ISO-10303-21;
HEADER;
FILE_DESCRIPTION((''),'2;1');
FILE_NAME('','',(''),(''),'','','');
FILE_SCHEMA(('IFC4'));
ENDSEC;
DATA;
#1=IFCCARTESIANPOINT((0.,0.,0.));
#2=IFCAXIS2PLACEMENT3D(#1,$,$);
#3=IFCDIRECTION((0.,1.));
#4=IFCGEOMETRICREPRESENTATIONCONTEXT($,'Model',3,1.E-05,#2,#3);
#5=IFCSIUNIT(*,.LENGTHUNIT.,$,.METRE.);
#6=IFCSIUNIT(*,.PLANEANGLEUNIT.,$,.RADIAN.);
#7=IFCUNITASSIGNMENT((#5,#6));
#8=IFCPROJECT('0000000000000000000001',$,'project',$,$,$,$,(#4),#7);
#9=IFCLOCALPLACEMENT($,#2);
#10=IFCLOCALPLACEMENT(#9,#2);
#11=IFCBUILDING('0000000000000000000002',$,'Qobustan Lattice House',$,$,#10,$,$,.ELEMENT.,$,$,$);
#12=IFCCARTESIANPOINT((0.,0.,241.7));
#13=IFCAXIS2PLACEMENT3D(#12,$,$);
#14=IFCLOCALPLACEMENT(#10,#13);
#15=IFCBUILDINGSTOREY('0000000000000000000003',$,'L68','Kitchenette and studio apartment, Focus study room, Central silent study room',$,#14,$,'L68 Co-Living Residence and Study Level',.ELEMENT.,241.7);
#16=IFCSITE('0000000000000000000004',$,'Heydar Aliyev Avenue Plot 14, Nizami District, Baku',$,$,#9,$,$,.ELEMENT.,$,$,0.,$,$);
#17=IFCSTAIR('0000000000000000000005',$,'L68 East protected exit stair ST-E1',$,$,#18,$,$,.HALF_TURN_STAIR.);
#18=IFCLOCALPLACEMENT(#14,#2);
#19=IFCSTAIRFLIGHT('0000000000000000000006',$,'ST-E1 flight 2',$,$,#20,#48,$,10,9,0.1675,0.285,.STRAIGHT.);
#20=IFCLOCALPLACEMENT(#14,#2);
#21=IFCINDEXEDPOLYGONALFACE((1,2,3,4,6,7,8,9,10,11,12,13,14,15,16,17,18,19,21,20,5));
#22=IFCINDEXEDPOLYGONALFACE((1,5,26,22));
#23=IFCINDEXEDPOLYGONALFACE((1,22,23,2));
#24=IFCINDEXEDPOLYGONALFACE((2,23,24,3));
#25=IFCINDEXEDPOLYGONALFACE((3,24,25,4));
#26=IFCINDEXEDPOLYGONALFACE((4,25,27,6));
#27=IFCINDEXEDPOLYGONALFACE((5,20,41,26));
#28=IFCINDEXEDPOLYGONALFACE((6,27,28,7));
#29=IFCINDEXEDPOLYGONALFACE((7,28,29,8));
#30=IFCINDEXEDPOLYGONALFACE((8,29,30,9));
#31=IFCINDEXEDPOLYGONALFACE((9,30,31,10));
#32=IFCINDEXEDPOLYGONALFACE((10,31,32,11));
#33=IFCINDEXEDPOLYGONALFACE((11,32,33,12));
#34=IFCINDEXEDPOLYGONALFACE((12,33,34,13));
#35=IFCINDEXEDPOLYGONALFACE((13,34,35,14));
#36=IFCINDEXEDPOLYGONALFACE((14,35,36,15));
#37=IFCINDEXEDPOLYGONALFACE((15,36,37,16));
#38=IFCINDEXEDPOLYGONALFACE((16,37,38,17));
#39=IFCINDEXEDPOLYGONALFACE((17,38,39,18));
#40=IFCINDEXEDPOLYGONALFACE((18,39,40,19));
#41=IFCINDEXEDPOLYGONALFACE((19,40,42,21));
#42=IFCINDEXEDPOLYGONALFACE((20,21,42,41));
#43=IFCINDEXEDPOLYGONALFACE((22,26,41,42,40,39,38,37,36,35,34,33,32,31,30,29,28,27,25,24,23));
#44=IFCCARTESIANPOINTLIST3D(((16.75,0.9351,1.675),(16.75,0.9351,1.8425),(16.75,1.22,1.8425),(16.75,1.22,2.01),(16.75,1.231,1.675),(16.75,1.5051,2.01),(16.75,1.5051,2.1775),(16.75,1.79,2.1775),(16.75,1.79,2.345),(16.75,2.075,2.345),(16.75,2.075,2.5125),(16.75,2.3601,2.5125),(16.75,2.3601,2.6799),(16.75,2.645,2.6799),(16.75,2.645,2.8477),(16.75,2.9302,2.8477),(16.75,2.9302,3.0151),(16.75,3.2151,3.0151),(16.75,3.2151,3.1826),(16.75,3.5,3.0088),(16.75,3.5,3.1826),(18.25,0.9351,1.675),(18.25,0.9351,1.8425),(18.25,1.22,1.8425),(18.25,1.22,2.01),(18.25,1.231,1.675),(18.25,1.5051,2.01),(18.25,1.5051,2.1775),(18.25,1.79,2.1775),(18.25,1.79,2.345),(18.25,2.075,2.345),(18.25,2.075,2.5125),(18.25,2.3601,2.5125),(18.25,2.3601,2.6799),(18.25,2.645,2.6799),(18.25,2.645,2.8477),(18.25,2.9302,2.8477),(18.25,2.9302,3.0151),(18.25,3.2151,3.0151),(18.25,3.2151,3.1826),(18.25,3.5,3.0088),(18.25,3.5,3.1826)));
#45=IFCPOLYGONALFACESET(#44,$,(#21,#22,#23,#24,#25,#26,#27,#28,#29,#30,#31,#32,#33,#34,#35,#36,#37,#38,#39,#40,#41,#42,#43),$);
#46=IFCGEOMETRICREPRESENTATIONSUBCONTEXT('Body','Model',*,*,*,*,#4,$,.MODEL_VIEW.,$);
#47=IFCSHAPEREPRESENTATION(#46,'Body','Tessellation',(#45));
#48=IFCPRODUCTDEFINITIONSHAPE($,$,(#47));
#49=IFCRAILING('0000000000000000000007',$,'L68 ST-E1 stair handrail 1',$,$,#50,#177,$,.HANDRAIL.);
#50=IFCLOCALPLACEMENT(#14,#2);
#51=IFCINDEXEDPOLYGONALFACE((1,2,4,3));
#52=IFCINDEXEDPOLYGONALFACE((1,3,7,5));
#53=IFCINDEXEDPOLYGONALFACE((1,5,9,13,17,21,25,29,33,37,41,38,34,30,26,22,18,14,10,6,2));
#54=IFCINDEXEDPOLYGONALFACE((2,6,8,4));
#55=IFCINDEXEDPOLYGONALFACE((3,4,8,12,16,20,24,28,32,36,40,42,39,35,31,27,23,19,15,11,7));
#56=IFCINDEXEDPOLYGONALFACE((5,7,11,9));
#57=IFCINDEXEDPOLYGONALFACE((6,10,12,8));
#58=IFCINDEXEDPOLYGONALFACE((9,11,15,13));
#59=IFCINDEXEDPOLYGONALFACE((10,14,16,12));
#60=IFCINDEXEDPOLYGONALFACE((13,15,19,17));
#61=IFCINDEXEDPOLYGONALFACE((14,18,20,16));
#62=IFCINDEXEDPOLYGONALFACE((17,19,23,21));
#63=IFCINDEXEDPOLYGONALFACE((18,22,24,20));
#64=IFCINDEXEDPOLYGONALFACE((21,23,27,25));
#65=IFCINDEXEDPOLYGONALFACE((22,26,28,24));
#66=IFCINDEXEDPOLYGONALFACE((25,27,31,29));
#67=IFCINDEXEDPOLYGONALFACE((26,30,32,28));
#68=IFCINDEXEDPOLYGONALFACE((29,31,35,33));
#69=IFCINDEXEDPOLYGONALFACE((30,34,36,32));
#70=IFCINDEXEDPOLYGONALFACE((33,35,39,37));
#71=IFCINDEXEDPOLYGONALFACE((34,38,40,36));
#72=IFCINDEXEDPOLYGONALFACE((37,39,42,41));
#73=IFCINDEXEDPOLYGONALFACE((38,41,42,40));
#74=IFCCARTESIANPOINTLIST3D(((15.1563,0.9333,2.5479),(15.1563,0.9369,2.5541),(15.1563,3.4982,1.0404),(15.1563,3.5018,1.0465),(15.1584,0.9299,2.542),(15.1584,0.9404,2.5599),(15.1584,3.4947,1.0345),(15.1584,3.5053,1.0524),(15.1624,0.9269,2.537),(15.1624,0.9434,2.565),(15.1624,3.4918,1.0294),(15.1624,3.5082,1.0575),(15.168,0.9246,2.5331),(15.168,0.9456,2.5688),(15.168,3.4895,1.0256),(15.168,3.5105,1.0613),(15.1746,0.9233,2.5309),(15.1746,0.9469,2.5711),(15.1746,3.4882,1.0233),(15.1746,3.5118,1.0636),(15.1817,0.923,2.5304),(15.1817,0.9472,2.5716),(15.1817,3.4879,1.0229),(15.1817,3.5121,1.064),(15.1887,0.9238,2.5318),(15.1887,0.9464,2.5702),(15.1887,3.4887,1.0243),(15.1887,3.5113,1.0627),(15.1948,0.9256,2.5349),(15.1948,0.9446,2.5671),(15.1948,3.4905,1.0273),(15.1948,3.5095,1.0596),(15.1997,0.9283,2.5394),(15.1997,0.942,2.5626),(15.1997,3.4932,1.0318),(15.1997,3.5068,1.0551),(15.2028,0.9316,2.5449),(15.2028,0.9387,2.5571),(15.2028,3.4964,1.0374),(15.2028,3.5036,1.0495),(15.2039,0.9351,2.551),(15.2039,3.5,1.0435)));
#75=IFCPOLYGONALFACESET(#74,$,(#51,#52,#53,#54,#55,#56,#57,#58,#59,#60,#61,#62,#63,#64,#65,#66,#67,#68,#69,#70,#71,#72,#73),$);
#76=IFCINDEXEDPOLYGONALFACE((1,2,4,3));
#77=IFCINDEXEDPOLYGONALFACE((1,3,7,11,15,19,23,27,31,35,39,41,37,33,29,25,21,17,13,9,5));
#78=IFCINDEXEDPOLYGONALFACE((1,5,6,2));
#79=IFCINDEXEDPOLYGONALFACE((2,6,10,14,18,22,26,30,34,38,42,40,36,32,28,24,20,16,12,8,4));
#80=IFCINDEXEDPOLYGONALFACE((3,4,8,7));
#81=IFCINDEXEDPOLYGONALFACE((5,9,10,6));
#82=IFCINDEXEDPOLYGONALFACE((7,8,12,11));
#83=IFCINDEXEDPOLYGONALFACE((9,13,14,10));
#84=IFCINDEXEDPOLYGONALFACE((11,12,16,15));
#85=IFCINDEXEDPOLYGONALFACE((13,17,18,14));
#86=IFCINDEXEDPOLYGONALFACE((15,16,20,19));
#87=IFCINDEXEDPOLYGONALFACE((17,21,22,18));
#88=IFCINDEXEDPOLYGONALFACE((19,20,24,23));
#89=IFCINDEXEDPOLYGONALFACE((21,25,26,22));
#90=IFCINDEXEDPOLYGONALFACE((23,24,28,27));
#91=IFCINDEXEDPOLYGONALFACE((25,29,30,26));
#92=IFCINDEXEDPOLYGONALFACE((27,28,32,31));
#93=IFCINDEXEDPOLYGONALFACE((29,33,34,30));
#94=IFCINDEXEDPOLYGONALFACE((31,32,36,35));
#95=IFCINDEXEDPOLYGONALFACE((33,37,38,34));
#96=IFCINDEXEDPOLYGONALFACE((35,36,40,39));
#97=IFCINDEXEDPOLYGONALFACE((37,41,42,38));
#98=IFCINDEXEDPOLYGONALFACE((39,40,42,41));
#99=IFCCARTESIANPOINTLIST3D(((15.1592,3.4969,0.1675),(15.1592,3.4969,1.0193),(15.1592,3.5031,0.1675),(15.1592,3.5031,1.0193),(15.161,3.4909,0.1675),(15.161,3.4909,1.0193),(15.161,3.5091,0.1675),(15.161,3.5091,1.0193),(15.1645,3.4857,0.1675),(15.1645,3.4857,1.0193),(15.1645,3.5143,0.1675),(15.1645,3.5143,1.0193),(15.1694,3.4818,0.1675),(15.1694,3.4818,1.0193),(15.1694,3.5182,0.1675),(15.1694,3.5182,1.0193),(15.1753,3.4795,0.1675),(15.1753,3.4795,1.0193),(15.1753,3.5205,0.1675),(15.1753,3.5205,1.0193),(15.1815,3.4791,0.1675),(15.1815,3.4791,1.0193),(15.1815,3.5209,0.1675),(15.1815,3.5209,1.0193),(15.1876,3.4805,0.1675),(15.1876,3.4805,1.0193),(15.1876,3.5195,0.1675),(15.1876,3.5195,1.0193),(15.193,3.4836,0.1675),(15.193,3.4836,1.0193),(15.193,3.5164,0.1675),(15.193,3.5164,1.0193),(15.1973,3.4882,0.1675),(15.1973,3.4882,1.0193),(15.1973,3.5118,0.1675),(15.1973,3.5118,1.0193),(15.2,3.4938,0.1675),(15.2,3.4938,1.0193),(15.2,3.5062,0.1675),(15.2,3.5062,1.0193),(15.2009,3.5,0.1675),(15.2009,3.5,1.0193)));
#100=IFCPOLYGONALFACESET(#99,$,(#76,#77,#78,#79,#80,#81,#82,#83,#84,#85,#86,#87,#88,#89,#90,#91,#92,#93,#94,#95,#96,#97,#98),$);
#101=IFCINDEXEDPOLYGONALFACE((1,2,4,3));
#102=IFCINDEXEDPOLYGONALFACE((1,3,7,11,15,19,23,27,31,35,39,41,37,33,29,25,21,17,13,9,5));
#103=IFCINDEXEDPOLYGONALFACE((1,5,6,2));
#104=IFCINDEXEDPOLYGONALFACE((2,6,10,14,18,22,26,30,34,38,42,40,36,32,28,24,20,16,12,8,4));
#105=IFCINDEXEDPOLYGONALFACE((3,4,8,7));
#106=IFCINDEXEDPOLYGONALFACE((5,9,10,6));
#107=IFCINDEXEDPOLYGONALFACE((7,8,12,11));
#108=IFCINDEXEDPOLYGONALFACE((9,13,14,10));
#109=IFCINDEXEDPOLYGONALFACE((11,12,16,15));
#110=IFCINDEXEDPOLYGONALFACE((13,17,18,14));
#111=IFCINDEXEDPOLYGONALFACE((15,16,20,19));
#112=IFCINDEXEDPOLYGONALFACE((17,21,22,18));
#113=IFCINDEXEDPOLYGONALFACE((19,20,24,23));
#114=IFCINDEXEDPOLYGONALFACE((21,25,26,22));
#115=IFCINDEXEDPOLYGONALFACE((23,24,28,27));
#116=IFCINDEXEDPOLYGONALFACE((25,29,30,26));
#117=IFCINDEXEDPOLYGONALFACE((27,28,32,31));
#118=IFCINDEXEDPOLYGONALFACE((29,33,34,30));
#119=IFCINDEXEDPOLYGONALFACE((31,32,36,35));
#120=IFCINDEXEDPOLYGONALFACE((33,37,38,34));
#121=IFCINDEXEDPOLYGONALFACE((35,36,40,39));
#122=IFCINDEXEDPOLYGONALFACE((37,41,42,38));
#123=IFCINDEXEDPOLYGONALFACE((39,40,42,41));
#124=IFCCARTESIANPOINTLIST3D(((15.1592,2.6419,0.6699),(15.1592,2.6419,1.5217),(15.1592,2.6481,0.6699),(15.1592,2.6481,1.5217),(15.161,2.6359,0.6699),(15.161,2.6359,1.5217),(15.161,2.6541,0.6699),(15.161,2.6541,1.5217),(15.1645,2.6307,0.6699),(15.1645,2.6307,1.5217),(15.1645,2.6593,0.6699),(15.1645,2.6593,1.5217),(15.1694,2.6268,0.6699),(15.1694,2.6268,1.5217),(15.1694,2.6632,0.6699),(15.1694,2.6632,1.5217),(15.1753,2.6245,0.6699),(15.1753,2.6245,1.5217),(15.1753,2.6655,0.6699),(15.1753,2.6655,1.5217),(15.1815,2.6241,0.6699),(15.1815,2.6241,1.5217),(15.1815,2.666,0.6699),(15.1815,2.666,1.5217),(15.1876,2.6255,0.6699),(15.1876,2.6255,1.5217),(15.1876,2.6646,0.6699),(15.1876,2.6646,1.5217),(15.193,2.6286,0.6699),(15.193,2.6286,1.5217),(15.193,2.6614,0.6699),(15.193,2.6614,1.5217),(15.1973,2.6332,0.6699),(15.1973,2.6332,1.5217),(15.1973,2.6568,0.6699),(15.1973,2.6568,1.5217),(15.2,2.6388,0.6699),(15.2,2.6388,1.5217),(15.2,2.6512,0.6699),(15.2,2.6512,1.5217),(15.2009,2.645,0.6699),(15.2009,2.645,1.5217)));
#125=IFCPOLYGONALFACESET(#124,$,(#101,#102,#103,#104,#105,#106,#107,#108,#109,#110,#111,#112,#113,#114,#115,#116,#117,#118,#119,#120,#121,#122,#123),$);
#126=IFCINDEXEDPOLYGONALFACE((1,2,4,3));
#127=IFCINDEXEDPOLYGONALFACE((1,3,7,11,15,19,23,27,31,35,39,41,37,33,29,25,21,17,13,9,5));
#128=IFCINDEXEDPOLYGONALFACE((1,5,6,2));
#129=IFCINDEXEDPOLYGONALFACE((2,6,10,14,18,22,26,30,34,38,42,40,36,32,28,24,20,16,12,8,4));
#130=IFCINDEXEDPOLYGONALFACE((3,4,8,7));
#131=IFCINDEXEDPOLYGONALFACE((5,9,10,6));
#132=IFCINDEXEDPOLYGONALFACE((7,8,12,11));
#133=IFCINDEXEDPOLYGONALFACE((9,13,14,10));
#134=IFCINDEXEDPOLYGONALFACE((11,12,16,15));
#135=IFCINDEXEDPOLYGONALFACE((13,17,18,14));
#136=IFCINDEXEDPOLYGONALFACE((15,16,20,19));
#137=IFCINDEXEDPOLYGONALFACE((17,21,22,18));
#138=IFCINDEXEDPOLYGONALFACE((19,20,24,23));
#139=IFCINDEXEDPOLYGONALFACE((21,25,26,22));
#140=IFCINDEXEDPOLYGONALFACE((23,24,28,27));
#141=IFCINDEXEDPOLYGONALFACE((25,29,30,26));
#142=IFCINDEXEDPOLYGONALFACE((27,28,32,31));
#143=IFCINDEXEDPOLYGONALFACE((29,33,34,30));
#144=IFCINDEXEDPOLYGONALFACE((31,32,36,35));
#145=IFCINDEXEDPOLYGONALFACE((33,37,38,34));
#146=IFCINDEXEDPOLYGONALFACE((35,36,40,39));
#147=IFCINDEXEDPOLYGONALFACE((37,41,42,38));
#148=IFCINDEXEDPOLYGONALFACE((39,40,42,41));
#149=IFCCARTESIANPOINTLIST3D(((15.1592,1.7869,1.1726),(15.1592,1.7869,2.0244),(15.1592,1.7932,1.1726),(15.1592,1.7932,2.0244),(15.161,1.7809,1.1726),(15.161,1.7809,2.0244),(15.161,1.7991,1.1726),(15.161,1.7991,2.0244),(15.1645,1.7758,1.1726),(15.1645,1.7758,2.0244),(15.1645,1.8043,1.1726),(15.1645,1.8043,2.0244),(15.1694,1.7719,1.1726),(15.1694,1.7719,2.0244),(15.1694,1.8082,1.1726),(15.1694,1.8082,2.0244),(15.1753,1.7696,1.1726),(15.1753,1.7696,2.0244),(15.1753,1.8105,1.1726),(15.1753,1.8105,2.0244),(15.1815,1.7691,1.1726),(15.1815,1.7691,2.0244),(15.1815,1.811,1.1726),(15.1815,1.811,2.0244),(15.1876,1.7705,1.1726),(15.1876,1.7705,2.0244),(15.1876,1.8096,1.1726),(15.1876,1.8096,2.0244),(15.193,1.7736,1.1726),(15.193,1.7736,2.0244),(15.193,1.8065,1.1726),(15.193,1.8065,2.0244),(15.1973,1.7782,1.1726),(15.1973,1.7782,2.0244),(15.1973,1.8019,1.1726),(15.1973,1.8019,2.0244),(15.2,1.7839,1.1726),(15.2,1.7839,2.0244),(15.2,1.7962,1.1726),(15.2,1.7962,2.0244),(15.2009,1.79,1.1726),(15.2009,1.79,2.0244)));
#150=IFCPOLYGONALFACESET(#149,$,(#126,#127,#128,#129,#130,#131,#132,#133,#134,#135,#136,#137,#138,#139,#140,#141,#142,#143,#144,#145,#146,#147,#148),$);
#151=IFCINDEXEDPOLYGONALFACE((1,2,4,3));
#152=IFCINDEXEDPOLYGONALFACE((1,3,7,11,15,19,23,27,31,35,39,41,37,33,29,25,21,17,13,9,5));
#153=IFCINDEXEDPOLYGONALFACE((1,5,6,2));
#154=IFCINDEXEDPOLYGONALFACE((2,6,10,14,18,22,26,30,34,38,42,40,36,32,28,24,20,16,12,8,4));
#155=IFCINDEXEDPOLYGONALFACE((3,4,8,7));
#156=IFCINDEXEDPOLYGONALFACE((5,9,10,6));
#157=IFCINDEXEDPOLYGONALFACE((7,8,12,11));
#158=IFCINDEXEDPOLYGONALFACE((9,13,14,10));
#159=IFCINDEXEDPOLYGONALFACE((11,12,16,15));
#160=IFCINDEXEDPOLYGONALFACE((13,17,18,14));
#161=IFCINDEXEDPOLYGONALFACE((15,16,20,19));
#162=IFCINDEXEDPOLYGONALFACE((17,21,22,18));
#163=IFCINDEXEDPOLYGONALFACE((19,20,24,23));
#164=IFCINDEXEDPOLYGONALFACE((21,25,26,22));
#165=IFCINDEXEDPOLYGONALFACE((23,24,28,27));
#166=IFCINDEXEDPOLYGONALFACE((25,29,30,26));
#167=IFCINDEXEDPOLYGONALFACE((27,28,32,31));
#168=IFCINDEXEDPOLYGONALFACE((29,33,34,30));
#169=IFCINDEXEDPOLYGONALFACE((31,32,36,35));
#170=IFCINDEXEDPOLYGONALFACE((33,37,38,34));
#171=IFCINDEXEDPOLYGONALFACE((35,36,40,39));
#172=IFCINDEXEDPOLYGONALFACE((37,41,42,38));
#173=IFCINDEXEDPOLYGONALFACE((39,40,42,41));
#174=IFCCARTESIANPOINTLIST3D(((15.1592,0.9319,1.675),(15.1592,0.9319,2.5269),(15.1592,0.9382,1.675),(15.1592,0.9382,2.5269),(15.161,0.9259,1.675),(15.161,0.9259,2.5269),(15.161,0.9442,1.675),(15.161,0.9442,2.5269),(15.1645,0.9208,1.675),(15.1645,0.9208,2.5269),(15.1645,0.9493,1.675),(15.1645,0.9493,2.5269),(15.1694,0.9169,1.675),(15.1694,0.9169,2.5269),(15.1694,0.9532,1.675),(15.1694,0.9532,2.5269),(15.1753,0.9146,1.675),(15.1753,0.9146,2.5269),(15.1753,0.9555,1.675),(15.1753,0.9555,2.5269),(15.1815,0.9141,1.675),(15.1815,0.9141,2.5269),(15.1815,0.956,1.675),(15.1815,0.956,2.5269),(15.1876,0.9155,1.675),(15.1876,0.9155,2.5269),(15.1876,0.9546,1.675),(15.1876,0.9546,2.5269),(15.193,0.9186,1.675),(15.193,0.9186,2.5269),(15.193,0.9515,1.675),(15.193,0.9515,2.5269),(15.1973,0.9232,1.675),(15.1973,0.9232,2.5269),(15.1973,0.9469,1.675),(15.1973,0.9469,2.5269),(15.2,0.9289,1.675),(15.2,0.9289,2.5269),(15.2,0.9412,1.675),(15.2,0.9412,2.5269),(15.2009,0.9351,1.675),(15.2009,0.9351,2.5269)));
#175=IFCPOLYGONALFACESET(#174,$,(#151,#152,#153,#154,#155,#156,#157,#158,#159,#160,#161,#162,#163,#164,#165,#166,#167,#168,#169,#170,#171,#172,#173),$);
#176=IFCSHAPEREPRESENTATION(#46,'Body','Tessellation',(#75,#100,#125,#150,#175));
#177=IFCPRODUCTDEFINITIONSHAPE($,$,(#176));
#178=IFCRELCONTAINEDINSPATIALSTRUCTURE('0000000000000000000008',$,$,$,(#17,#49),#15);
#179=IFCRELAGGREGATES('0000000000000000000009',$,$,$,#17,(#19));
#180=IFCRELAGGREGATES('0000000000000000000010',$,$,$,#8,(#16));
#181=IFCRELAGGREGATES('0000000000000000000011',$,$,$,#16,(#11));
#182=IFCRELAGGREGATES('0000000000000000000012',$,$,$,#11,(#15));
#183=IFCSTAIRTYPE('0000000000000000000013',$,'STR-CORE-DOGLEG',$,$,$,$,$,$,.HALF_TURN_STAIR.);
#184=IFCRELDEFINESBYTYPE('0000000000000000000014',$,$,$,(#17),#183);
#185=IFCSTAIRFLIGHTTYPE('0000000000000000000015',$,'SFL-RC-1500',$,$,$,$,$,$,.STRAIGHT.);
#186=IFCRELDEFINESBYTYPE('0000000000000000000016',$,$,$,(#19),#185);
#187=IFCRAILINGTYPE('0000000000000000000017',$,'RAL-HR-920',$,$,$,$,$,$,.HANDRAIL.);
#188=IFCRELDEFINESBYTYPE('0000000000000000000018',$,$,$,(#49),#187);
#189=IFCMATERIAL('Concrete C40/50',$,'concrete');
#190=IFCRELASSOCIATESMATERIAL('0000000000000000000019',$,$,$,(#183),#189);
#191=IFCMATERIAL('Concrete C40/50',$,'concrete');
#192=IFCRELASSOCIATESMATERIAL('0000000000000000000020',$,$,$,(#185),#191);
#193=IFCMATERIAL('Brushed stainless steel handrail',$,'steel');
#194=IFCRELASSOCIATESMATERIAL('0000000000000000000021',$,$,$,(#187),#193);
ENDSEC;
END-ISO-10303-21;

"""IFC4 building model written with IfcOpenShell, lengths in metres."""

from ifc_helpers import new_model, si_unit, direction, frame, origin, origin_2d, place, context, subcontext, project, spatial, polyline, circle, outline, extrude, material, type_object, element, aggregate, save


model = new_model("IFC4")

# Units and contexts
model_context = context("Model", 3, precision=1e-05, world=origin(), true_north=direction((0.0, 1.0)))
body_context = subcontext(model_context, "Body", "Model", "MODEL_VIEW")
ifc_project = project(units=[si_unit("LENGTHUNIT", "METRE"), si_unit("PLANEANGLEUNIT", "RADIAN")], contexts=[model_context])

# Site, building, storey
site_placement = place(None, origin())
site = spatial("IfcSite", under=ifc_project, at=site_placement, Name="Heydar Aliyev Avenue Plot 14, Nizami District, Baku", CompositionType="ELEMENT", RefElevation=0.0)
building_placement = place(site_placement, origin())
building = spatial("IfcBuilding", under=site, at=building_placement, Name="Qobustan Lattice House", CompositionType="ELEMENT")
storey_placement = place(building_placement, frame((0.0, 0.0, 241.7)))
storey = spatial("IfcBuildingStorey", under=building, at=storey_placement, Name="L68", Description="Kitchenette and studio apartment, Focus study room, Central silent study room", LongName="L68 Co-Living Residence and Study Level", CompositionType="ELEMENT", Elevation=241.7)

# Stair, stair flight
ifc_material_1 = material(Name="Concrete C40/50", Category="concrete")
stair_type = type_object("IfcStairType", Name="STR-CORE-DOGLEG", PredefinedType="HALF_TURN_STAIR", material=ifc_material_1)
stair_placement = place(storey_placement, origin())
stair = element("IfcStair", 1, at=stair_placement, inside=storey, type_object=stair_type, Name="L68 East protected exit stair ST-E1", PredefinedType="HALF_TURN_STAIR")
ifc_material_2 = material(Name="Concrete C40/50", Category="concrete")
stair_flight_type = type_object("IfcStairFlightType", Name="SFL-RC-1500", PredefinedType="STRAIGHT", material=ifc_material_2)
stair_flight_1_placement = place(storey_placement, frame((17.5, 0.9351, 1.675), z_axis=(0.0, 0.0, 1.0), x_axis=(0.0, 1.0, 0.0)))
stair_flight_1 = element("IfcStairFlight", 2, at=stair_flight_1_placement, type_object=stair_flight_type, Name="ST-E1 flight 2", NumberOfRisers=10, NumberOfTreads=9, PredefinedType="STRAIGHT", RiserHeight=0.1675, TreadLength=0.285, context=body_context, shape_type="SweptSolid", body=[
    extrude(outline(polyline([(0.0, 0.0), (0.0, 0.1675), (0.2849, 0.1675), (0.2849, 0.335), (0.5701, 0.335), (0.5701, 0.5024), (0.855, 0.5024), (0.855, 0.6699), (1.1399, 0.6699), (1.1399, 0.8374), (1.425, 0.8374), (1.425, 1.0049), (1.71, 1.0049), (1.71, 1.1726), (1.9951, 1.1726), (1.9951, 1.3401), (2.28, 1.3401), (2.28, 1.5076), (2.5649, 1.5076), (2.5649, 1.675), (2.5649, 1.3337), (0.2959, 0.0), (0.0, 0.0)])), frame((0.0, 0.75, 0.0), z_axis=(0.0, -1.0, 0.0), x_axis=(1.0, 0.0, 0.0)), (0.0, 0.0, 1.0), 1.5),
])
aggregate(stair, [stair_flight_1])

# Railing
ifc_material_3 = material(Name="Brushed stainless steel handrail", Category="steel")
railing_type_1 = type_object("IfcRailingType", Name="RAL-HR-920", PredefinedType="HANDRAIL", material=ifc_material_3)
railing_1_placement = place(storey_placement, frame((15.1799, 3.5, 0.1675)))
element("IfcRailing", 3, at=railing_1_placement, inside=storey, type_object=railing_type_1, Name="L68 ST-E1 stair handrail 1", PredefinedType="HANDRAIL", context=body_context, shape_type="SweptSolid", body=[
    extrude(circle(Radius=0.0239, at=origin_2d()), frame((0.0, 0.0, 0.876), z_axis=(0.0, -0.862113, 0.506715), x_axis=(1.0, 0.0, 0.0)), (0.0, 0.0, 1.0), 2.9751),
    extrude(circle(Radius=0.021, at=origin_2d()), origin(), (0.0, 0.0, 1.0), 0.8518),
    extrude(circle(Radius=0.021, at=origin_2d()), frame((0.0, -0.855, 0.5024)), (0.0, 0.0, 1.0), 0.8518),
    extrude(circle(Radius=0.021, at=origin_2d()), frame((0.0, -1.71, 1.0051)), (0.0, 0.0, 1.0), 0.8518),
    extrude(circle(Radius=0.021, at=origin_2d()), frame((0.0, -2.5649, 1.5076)), (0.0, 0.0, 1.0), 0.8518),
])

save(model, "model.ifc")
